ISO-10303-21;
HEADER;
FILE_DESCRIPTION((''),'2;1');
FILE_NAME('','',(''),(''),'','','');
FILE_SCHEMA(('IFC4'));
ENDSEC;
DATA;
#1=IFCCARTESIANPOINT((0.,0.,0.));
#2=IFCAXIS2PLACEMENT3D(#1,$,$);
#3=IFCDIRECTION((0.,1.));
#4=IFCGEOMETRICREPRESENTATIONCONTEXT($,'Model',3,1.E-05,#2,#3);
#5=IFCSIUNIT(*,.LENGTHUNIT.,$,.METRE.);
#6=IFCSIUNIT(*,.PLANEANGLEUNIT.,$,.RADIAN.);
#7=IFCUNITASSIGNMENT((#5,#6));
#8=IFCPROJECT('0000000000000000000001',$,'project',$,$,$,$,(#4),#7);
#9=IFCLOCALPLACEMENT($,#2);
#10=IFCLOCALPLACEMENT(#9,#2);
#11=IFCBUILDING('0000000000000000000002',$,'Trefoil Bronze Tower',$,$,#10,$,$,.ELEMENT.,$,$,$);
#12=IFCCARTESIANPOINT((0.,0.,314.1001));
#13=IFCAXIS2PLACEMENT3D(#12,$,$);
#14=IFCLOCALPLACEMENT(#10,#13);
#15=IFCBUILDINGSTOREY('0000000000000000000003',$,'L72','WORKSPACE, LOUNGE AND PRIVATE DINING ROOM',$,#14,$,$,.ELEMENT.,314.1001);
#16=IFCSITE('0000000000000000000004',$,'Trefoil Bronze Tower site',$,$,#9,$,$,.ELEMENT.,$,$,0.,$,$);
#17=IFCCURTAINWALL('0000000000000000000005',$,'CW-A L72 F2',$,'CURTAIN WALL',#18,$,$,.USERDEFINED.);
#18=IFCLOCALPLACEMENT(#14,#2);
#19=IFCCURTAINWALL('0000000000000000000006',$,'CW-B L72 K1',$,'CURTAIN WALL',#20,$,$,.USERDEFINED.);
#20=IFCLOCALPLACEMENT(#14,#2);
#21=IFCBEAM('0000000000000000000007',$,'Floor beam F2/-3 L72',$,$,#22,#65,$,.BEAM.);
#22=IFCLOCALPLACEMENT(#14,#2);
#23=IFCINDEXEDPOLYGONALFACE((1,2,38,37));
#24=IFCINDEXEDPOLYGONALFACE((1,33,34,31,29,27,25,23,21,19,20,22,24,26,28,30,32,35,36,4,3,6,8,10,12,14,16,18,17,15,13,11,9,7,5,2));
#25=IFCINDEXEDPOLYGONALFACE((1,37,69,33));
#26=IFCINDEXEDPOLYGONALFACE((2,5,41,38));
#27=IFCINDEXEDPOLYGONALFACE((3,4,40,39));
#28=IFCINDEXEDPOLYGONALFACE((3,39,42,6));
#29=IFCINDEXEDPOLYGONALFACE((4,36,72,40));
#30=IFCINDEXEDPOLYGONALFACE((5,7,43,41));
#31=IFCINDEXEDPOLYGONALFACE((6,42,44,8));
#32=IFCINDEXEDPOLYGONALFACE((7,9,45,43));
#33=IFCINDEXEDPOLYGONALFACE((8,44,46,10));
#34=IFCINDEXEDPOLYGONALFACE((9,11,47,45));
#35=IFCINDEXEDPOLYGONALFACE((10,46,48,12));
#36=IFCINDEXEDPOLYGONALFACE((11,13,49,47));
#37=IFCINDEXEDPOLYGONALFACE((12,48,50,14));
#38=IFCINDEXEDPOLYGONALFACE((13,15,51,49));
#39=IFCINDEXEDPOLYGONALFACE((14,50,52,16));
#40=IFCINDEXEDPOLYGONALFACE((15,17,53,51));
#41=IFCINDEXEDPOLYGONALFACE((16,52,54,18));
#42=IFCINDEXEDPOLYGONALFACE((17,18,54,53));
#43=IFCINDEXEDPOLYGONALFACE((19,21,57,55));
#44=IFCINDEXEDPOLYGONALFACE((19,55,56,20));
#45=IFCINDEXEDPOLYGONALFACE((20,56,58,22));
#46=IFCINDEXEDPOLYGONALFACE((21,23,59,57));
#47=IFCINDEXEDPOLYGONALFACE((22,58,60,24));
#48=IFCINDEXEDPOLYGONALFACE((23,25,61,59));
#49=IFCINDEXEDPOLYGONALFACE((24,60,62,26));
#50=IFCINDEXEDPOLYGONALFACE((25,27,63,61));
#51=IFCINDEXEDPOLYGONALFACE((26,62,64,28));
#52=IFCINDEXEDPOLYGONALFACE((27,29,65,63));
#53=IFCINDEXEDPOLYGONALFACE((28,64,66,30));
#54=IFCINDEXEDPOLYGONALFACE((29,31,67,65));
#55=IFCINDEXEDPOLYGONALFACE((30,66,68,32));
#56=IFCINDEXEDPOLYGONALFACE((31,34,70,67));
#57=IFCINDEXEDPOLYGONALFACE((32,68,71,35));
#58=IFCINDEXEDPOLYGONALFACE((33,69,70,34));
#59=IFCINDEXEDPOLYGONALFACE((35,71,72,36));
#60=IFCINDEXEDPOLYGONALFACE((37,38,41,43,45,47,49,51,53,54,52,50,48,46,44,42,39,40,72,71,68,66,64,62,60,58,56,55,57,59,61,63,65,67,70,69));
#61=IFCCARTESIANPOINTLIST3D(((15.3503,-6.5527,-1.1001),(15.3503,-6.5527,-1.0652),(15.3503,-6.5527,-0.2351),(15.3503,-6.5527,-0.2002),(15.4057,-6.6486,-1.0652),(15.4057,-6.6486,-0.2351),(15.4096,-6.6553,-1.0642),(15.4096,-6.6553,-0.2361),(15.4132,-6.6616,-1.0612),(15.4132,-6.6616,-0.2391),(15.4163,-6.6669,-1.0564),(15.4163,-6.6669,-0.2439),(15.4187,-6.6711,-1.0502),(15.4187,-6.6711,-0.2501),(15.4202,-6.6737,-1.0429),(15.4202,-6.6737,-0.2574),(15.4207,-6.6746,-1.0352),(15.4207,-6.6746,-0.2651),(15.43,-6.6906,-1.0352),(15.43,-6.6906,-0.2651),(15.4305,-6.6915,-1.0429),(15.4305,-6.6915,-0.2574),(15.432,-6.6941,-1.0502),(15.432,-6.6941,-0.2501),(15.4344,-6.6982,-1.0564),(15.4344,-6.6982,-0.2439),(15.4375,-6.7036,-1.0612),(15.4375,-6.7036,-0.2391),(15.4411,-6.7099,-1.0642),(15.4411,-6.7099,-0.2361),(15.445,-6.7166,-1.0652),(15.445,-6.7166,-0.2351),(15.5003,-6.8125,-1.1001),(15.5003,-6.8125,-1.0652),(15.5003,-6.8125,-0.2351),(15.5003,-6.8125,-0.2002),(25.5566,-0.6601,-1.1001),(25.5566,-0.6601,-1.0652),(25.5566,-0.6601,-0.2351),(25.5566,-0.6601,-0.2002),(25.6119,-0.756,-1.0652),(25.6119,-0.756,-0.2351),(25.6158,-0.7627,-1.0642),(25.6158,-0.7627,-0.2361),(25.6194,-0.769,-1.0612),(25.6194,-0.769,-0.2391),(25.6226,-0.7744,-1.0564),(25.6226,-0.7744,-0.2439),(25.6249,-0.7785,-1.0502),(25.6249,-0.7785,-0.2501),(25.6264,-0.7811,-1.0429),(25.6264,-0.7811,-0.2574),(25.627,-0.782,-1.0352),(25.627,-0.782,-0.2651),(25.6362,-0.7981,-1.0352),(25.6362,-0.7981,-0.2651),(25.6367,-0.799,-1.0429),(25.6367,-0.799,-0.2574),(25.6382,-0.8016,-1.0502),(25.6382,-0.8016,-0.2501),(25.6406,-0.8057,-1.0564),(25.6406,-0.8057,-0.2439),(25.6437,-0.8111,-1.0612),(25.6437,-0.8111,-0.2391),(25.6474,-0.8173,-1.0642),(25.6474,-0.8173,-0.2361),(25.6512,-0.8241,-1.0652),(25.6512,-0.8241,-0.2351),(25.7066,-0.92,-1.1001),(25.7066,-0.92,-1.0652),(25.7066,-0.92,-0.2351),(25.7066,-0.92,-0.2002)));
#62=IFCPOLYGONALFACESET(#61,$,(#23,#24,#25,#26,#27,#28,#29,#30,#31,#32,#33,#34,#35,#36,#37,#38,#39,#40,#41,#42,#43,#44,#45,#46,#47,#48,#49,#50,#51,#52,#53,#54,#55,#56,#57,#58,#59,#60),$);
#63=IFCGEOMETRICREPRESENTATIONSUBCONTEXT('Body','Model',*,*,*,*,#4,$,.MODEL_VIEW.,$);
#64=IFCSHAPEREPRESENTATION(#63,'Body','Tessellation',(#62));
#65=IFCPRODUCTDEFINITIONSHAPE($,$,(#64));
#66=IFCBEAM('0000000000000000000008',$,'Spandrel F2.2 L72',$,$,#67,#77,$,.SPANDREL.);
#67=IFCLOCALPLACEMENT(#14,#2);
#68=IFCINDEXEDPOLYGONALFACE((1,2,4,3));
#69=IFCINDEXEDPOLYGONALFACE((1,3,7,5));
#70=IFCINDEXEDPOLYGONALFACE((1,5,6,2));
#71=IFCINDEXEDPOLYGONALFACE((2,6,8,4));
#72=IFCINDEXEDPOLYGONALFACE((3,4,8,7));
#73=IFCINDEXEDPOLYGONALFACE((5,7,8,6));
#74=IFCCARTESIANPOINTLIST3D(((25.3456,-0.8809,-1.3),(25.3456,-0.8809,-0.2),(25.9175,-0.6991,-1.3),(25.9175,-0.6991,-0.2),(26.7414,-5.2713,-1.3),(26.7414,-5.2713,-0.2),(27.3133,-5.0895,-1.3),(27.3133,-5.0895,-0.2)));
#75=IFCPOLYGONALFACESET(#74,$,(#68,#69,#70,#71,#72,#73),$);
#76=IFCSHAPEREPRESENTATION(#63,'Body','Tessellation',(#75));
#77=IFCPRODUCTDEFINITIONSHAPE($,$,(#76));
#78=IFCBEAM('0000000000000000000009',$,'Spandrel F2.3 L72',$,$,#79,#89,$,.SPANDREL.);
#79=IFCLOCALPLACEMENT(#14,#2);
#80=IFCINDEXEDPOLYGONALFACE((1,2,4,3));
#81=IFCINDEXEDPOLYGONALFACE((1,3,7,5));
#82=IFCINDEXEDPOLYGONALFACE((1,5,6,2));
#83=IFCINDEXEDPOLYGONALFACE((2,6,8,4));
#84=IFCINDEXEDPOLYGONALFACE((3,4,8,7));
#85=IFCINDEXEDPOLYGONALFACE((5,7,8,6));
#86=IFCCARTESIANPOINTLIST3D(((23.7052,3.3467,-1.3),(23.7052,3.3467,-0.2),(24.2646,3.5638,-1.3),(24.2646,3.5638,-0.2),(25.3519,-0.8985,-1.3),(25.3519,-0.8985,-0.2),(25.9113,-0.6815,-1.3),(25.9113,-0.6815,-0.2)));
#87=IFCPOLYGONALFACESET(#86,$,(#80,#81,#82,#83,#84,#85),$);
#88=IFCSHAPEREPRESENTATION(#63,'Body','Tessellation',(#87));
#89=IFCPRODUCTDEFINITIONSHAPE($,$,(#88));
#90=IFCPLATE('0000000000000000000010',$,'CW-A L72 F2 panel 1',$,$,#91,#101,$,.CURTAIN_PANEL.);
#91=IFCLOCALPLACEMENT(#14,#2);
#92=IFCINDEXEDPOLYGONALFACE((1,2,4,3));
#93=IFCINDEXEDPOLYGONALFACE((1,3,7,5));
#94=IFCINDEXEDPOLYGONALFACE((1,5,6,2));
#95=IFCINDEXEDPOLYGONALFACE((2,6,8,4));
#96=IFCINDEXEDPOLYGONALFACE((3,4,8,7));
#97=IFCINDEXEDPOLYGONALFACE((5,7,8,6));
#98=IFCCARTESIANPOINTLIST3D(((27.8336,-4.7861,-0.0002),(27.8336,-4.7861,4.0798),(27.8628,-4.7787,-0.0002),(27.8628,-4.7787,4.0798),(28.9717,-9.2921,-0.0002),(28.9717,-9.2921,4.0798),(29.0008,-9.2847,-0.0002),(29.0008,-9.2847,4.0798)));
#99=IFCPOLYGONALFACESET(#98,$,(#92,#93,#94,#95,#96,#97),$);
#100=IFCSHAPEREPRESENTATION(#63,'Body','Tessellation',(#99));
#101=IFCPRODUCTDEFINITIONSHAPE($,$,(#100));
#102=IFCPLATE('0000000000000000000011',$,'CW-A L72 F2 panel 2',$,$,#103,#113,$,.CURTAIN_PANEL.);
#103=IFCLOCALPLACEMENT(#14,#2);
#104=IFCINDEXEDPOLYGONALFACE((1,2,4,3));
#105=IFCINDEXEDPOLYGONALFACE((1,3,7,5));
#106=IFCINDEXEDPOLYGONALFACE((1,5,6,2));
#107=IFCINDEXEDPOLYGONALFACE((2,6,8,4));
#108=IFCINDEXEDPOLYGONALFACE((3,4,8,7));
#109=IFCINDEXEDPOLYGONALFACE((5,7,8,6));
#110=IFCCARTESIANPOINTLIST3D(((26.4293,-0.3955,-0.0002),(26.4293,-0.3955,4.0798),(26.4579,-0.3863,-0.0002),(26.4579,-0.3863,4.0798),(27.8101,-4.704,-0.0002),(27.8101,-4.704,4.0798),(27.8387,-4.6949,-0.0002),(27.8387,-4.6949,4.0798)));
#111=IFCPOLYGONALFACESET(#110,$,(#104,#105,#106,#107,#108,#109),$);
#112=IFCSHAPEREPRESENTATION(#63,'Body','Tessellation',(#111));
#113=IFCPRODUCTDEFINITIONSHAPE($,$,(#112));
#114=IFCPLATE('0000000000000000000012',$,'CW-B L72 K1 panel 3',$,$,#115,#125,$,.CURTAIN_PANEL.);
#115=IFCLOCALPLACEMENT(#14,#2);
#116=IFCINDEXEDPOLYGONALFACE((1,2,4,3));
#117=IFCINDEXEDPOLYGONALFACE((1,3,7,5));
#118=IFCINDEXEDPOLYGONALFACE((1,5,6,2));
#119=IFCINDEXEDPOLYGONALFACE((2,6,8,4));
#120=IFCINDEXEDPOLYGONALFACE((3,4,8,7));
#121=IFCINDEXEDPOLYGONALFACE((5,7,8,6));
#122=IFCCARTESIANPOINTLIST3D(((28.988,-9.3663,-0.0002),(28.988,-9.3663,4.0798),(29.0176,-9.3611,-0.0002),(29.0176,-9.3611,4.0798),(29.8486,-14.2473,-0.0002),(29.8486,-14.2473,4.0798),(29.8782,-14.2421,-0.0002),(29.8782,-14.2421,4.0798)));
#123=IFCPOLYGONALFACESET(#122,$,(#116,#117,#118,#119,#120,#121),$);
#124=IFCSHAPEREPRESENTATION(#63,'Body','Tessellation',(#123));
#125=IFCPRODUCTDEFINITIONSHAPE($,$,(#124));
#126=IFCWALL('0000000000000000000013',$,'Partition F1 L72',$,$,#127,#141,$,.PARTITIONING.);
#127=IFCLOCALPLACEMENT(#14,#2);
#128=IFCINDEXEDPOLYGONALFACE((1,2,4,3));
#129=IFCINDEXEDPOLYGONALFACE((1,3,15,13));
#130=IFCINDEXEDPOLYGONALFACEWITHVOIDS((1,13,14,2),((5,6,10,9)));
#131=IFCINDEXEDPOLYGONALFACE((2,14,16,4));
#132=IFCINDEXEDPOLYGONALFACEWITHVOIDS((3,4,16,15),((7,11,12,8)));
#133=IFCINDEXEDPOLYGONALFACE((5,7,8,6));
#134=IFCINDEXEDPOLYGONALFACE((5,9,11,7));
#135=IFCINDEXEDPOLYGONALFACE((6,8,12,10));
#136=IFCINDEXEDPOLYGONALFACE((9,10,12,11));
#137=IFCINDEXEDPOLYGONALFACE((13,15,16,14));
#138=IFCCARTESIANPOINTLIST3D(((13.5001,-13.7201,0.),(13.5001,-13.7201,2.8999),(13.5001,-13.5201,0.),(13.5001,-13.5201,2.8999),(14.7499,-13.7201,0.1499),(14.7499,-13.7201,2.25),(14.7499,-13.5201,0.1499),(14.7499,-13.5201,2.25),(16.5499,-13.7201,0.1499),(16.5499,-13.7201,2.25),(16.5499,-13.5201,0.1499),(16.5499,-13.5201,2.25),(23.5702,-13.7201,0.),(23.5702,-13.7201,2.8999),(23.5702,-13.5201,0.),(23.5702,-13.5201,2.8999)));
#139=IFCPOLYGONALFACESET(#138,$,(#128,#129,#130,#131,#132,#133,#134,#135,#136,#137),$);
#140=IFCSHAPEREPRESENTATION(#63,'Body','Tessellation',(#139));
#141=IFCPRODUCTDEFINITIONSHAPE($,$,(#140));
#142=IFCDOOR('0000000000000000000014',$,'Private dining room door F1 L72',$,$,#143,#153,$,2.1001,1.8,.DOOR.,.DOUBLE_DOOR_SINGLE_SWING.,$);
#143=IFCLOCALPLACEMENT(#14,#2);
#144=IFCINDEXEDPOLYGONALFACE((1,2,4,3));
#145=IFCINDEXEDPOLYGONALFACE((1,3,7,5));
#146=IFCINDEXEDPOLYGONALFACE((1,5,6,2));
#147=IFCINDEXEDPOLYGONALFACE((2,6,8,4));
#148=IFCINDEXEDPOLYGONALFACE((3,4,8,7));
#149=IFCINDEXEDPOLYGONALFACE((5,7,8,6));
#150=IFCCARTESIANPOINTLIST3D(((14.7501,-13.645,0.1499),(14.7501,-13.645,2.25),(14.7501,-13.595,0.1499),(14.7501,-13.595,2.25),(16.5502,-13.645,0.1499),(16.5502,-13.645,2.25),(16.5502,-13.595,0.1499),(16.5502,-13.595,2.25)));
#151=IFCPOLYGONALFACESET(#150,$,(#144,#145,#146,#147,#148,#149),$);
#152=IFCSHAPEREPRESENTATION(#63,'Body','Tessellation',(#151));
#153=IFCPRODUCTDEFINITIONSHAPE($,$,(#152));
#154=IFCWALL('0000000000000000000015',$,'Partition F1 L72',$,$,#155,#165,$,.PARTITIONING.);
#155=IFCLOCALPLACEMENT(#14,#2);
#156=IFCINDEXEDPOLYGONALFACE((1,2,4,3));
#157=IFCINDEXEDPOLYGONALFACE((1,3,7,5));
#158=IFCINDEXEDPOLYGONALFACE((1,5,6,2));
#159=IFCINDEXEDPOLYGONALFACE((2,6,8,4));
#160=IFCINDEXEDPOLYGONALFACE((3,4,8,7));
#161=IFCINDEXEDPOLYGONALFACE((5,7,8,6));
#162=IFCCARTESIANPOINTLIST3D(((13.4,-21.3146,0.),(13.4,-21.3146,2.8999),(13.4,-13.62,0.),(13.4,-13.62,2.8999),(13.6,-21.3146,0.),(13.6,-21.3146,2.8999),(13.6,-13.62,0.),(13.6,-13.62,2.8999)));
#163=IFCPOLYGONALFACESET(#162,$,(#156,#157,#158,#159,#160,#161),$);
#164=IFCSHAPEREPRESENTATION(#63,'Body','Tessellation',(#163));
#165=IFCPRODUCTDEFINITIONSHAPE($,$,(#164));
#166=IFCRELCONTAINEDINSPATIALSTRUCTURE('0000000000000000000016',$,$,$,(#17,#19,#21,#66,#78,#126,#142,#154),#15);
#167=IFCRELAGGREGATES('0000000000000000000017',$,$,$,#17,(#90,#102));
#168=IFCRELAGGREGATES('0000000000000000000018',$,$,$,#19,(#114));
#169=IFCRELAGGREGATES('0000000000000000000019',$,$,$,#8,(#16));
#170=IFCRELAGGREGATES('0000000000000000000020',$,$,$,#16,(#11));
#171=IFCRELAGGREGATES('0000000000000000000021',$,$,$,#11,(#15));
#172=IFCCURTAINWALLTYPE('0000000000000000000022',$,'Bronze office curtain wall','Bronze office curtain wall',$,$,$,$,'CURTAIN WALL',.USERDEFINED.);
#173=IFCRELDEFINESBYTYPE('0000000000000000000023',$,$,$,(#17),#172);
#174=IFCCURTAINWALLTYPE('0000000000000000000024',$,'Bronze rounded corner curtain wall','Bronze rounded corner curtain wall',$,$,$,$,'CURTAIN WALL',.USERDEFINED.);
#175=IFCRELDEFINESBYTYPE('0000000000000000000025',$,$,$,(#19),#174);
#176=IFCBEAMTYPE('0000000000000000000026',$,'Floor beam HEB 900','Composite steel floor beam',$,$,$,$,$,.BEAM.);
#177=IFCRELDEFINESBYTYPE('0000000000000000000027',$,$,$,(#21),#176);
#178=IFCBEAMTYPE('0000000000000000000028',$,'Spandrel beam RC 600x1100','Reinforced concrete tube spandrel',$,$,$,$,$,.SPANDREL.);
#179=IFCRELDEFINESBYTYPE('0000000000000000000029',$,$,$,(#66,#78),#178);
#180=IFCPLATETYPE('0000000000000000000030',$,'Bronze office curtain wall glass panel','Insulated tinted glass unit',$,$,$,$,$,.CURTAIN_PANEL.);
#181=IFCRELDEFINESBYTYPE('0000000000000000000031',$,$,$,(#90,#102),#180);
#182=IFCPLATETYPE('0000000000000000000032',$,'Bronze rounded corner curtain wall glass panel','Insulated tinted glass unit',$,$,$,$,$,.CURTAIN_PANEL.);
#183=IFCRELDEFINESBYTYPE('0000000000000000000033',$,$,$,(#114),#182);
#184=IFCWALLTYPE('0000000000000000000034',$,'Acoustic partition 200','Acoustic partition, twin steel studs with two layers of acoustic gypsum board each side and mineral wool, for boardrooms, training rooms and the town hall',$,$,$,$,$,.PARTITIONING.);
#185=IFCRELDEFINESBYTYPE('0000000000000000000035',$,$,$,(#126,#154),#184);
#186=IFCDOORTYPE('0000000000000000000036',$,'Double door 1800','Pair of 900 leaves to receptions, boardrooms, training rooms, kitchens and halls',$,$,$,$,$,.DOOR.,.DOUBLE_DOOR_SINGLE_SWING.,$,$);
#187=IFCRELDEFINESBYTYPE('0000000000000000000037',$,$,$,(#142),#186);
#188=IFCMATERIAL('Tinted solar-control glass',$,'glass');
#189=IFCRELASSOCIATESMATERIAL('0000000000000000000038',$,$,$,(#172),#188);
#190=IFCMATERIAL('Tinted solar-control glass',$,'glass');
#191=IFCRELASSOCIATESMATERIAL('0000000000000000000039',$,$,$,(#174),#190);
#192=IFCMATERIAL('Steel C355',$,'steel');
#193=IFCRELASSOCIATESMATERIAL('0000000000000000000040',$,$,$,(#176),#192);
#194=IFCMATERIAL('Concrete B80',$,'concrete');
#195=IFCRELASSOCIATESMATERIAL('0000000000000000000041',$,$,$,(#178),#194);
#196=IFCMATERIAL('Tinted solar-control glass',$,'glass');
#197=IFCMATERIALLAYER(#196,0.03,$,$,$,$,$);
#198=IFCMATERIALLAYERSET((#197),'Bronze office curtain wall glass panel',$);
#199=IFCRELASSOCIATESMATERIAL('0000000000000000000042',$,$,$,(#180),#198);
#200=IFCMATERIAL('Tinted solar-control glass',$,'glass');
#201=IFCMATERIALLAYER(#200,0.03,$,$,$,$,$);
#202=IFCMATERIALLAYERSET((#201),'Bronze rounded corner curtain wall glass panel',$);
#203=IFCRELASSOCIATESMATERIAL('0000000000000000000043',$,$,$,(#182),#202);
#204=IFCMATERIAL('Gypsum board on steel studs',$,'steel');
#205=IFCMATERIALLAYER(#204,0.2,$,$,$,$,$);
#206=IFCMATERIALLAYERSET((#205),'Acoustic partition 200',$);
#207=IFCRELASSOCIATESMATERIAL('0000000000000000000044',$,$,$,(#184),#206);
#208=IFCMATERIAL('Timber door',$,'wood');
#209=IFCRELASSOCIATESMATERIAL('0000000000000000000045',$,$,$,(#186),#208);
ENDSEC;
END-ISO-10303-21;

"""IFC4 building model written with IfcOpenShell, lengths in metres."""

from ifc_helpers import new_model, si_unit, direction, frame, frame_2d, origin, origin_2d, place, context, subcontext, project, spatial, rectangle, i_section, extrude, material, layer, layer_set, material_profile, profile_set, type_object, element, fill, aggregate, save


model = new_model("IFC4")

# Units and contexts
model_context = context("Model", 3, precision=1e-05, world=origin(), true_north=direction((0.0, 1.0)))
body_context = subcontext(model_context, "Body", "Model", "MODEL_VIEW")
ifc_project = project(units=[si_unit("LENGTHUNIT", "METRE"), si_unit("PLANEANGLEUNIT", "RADIAN")], contexts=[model_context])

# Site, building, storey
site_placement = place(None, origin())
site = spatial("IfcSite", under=ifc_project, at=site_placement, Name="Trefoil Bronze Tower site", CompositionType="ELEMENT", RefElevation=0.0)
building_placement = place(site_placement, origin())
building = spatial("IfcBuilding", under=site, at=building_placement, Name="Trefoil Bronze Tower", CompositionType="ELEMENT")
storey_placement = place(building_placement, frame((0.0, 0.0, 314.1001)))
storey = spatial("IfcBuildingStorey", under=building, at=storey_placement, Name="L72", Description="WORKSPACE, LOUNGE AND PRIVATE DINING ROOM", CompositionType="ELEMENT", Elevation=314.1001)

# Curtain walls
ifc_material_1 = material(Name="Tinted solar-control glass", Category="glass")
curtain_wall_type_1 = type_object("IfcCurtainWallType", Name="Bronze office curtain wall", Description="Bronze office curtain wall", ElementType="CURTAIN WALL", PredefinedType="USERDEFINED", material=ifc_material_1)
curtain_wall_1_placement = place(storey_placement, origin())
curtain_wall_1 = element("IfcCurtainWall", 1, at=curtain_wall_1_placement, inside=storey, type_object=curtain_wall_type_1, Name="CW-A L72 F2", ObjectType="CURTAIN WALL", PredefinedType="USERDEFINED")
ifc_material_2 = material(Name="Tinted solar-control glass", Category="glass")
curtain_wall_type_2 = type_object("IfcCurtainWallType", Name="Bronze rounded corner curtain wall", Description="Bronze rounded corner curtain wall", ElementType="CURTAIN WALL", PredefinedType="USERDEFINED", material=ifc_material_2)
curtain_wall_2_placement = place(storey_placement, origin())
curtain_wall_2 = element("IfcCurtainWall", 2, at=curtain_wall_2_placement, inside=storey, type_object=curtain_wall_type_2, Name="CW-B L72 K1", ObjectType="CURTAIN WALL", PredefinedType="USERDEFINED")

# Beams
ifc_material_3 = material(Name="Steel C355", Category="steel")
ifc_material_profile_1 = material_profile(ifc_material_3, i_section(OverallWidth=0.3, OverallDepth=0.8999, WebThickness=0.0186, FlangeThickness=0.0349, FilletRadius=0.03, at=origin_2d()), Name="HEB 900")
ifc_profile_set_1 = profile_set([ifc_material_profile_1], Name="Steel C355")
beam_type_1 = type_object("IfcBeamType", Name="Floor beam HEB 900", Description="Composite steel floor beam", PredefinedType="BEAM", material=ifc_profile_set_1)
beam_1_placement = place(storey_placement, frame((25.6316, -0.79, -0.6501), z_axis=(-0.866027, -0.499998, 0.0), x_axis=(0.499998, -0.866027, 0.0)))
element("IfcBeam", 3, at=beam_1_placement, inside=storey, type_object=beam_type_1, Name="Floor beam F2/-3 L72", PredefinedType="BEAM", context=body_context, shape_type="SweptSolid", body=[
    extrude(i_section(OverallWidth=0.3, OverallDepth=0.8999, WebThickness=0.0186, FlangeThickness=0.0349, FilletRadius=0.03, at=origin_2d()), origin(), (0.0, 0.0, 1.0), 11.7852),
])
ifc_material_4 = material(Name="Concrete B80", Category="concrete")
ifc_material_profile_2 = material_profile(ifc_material_4, rectangle(XDim=0.6001, YDim=1.1001, at=origin_2d()), Name="RC 600x1100")
ifc_profile_set_2 = profile_set([ifc_material_profile_2], Name="Concrete B80")
beam_type_2 = type_object("IfcBeamType", Name="Spandrel beam RC 600x1100", Description="Reinforced concrete tube spandrel", PredefinedType="SPANDREL", material=ifc_profile_set_2)
beam_2_placement = place(storey_placement, frame((27.0273, -5.1804, -0.75), z_axis=(-0.30297, 0.953, 0.0), x_axis=(-0.953, -0.30297, 0.0)))
element("IfcBeam", 4, at=beam_2_placement, inside=storey, type_object=beam_type_2, Name="Spandrel F2.2 L72", PredefinedType="SPANDREL", context=body_context, shape_type="SweptSolid", body=[
    extrude(rectangle(XDim=0.6001, YDim=1.1001, at=origin_2d()), origin(), (0.0, 0.0, 1.0), 4.6069),
])
beam_3_placement = place(storey_placement, frame((25.6316, -0.79, -0.75), z_axis=(-0.361636, 0.932319, 0.0), x_axis=(-0.932319, -0.361636, 0.0)))
element("IfcBeam", 5, at=beam_3_placement, inside=storey, type_object=beam_type_2, Name="Spandrel F2.3 L72", PredefinedType="SPANDREL", context=body_context, shape_type="SweptSolid", body=[
    extrude(rectangle(XDim=0.6001, YDim=1.1001, at=origin_2d()), origin(), (0.0, 0.0, 1.0), 4.5535),
])

# Plates
ifc_material_5 = material(Name="Tinted solar-control glass", Category="glass")
ifc_layer_1 = layer(ifc_material_5, 0.03)
ifc_layer_set_1 = layer_set([ifc_layer_1], Name="Bronze office curtain wall glass panel")
plate_type_1 = type_object("IfcPlateType", Name="Bronze office curtain wall glass panel", Description="Insulated tinted glass unit", PredefinedType="CURTAIN_PANEL", material=ifc_layer_set_1)
plate_1_placement = place(storey_placement, frame((28.4172, -7.0354, -0.0002), z_axis=(0.0, 0.0, 1.0), x_axis=(-0.24488, 0.969554, 0.0)))
plate_1 = element("IfcPlate", 6, at=plate_1_placement, type_object=plate_type_1, Name="CW-A L72 F2 panel 1", PredefinedType="CURTAIN_PANEL", context=body_context, shape_type="SweptSolid", body=[
    extrude(rectangle(XDim=4.6475, YDim=0.03, at=origin_2d()), origin(), (0.0, 0.0, 1.0), 4.0801),
])
plate_2_placement = place(storey_placement, frame((27.134, -2.5452, -0.0002), z_axis=(0.0, 0.0, 1.0), x_axis=(-0.305188, 0.952292, 0.0)))
plate_2 = element("IfcPlate", 7, at=plate_2_placement, type_object=plate_type_1, Name="CW-A L72 F2 panel 2", PredefinedType="CURTAIN_PANEL", context=body_context, shape_type="SweptSolid", body=[
    extrude(rectangle(XDim=4.5244, YDim=0.03, at=origin_2d()), origin(), (0.0, 0.0, 1.0), 4.0801),
])
aggregate(curtain_wall_1, [plate_1, plate_2])
ifc_material_6 = material(Name="Tinted solar-control glass", Category="glass")
ifc_layer_2 = layer(ifc_material_6, 0.03)
ifc_layer_set_2 = layer_set([ifc_layer_2], Name="Bronze rounded corner curtain wall glass panel")
plate_type_2 = type_object("IfcPlateType", Name="Bronze rounded corner curtain wall glass panel", Description="Insulated tinted glass unit", PredefinedType="CURTAIN_PANEL", material=ifc_layer_set_2)
plate_3_placement = place(storey_placement, frame((29.4331, -11.8042, -0.0002), z_axis=(0.0, 0.0, 1.0), x_axis=(-0.173648, 0.984808, 0.0)))
plate_3 = element("IfcPlate", 8, at=plate_3_placement, type_object=plate_type_2, Name="CW-B L72 K1 panel 3", PredefinedType="CURTAIN_PANEL", context=body_context, shape_type="SweptSolid", body=[
    extrude(rectangle(XDim=4.9563, YDim=0.03, at=origin_2d()), origin(), (0.0, 0.0, 1.0), 4.0801),
])
aggregate(curtain_wall_2, [plate_3])

# Wall, opening, door
ifc_material_7 = material(Name="Gypsum board on steel studs", Category="steel")
ifc_layer_3 = layer(ifc_material_7, 0.2)
ifc_layer_set_3 = layer_set([ifc_layer_3], Name="Acoustic partition 200")
wall_type_1 = type_object("IfcWallType", Name="Acoustic partition 200", Description="Acoustic partition, twin steel studs with two layers of acoustic gypsum board each side and mineral wool, for boardrooms, training rooms and the town hall", PredefinedType="PARTITIONING", material=ifc_layer_set_3)
wall_1_placement = place(storey_placement, frame((13.5, -13.6201, 0.0), z_axis=(0.0, 0.0, 1.0), x_axis=(1.0, 0.0, 0.0)))
wall_1 = element("IfcWall", 9, at=wall_1_placement, inside=storey, type_object=wall_type_1, Name="Partition F1 L72", PredefinedType="PARTITIONING", context=body_context, shape_type="SweptSolid", body=[
    extrude(rectangle(XDim=10.0701, YDim=0.2, at=frame_2d((5.0352, 0.0))), origin(), (0.0, 0.0, 1.0), 2.8999),
])
opening_1_placement = place(wall_1_placement, frame((1.25, 0.0, 0.1499)))
opening_1 = element("IfcOpeningElement", 10, at=opening_1_placement, cuts=wall_1, PredefinedType="OPENING", context=body_context, shape_type="SweptSolid", body=[
    extrude(rectangle(XDim=1.8, YDim=2.1001, at=frame_2d((0.8999, 1.05))), frame((0.0, 0.1099, 0.0), z_axis=(0.0, -1.0, 0.0), x_axis=(1.0, 0.0, 0.0)), (0.0, 0.0, 1.0), 0.22),
])
ifc_material_8 = material(Name="Timber door", Category="wood")
door_type_1 = type_object("IfcDoorType", Name="Double door 1800", Description="Pair of 900 leaves to receptions, boardrooms, training rooms, kitchens and halls", OperationType="DOUBLE_DOOR_SINGLE_SWING", PredefinedType="DOOR", material=ifc_material_8)
door_1_placement = place(opening_1_placement, frame((1.8, 0.0, 0.0), z_axis=(0.0, 0.0, 1.0), x_axis=(-1.0, 0.0, 0.0)))
door_1 = element("IfcDoor", 11, at=door_1_placement, inside=storey, type_object=door_type_1, Name="Private dining room door F1 L72", OperationType="DOUBLE_DOOR_SINGLE_SWING", OverallHeight=2.1001, OverallWidth=1.8, PredefinedType="DOOR", context=body_context, shape_type="SweptSolid", body=[
    extrude(rectangle(XDim=1.8, YDim=2.1001, at=frame_2d((0.8999, 1.05))), frame((0.0, 0.0249, 0.0), z_axis=(0.0, -1.0, 0.0), x_axis=(1.0, 0.0, 0.0)), (0.0, 0.0, 1.0), 0.05),
])
fill(opening_1, door_1)

# Wall
wall_2_placement = place(storey_placement, frame((13.5, -13.6201, 0.0), z_axis=(0.0, 0.0, 1.0), x_axis=(0.0, -1.0, 0.0)))
element("IfcWall", 12, at=wall_2_placement, inside=storey, type_object=wall_type_1, Name="Partition F1 L72", PredefinedType="PARTITIONING", context=body_context, shape_type="SweptSolid", body=[
    extrude(rectangle(XDim=7.6946, YDim=0.2, at=frame_2d((3.8472, 0.0))), origin(), (0.0, 0.0, 1.0), 2.8999),
])

save(model, "model.ifc")
